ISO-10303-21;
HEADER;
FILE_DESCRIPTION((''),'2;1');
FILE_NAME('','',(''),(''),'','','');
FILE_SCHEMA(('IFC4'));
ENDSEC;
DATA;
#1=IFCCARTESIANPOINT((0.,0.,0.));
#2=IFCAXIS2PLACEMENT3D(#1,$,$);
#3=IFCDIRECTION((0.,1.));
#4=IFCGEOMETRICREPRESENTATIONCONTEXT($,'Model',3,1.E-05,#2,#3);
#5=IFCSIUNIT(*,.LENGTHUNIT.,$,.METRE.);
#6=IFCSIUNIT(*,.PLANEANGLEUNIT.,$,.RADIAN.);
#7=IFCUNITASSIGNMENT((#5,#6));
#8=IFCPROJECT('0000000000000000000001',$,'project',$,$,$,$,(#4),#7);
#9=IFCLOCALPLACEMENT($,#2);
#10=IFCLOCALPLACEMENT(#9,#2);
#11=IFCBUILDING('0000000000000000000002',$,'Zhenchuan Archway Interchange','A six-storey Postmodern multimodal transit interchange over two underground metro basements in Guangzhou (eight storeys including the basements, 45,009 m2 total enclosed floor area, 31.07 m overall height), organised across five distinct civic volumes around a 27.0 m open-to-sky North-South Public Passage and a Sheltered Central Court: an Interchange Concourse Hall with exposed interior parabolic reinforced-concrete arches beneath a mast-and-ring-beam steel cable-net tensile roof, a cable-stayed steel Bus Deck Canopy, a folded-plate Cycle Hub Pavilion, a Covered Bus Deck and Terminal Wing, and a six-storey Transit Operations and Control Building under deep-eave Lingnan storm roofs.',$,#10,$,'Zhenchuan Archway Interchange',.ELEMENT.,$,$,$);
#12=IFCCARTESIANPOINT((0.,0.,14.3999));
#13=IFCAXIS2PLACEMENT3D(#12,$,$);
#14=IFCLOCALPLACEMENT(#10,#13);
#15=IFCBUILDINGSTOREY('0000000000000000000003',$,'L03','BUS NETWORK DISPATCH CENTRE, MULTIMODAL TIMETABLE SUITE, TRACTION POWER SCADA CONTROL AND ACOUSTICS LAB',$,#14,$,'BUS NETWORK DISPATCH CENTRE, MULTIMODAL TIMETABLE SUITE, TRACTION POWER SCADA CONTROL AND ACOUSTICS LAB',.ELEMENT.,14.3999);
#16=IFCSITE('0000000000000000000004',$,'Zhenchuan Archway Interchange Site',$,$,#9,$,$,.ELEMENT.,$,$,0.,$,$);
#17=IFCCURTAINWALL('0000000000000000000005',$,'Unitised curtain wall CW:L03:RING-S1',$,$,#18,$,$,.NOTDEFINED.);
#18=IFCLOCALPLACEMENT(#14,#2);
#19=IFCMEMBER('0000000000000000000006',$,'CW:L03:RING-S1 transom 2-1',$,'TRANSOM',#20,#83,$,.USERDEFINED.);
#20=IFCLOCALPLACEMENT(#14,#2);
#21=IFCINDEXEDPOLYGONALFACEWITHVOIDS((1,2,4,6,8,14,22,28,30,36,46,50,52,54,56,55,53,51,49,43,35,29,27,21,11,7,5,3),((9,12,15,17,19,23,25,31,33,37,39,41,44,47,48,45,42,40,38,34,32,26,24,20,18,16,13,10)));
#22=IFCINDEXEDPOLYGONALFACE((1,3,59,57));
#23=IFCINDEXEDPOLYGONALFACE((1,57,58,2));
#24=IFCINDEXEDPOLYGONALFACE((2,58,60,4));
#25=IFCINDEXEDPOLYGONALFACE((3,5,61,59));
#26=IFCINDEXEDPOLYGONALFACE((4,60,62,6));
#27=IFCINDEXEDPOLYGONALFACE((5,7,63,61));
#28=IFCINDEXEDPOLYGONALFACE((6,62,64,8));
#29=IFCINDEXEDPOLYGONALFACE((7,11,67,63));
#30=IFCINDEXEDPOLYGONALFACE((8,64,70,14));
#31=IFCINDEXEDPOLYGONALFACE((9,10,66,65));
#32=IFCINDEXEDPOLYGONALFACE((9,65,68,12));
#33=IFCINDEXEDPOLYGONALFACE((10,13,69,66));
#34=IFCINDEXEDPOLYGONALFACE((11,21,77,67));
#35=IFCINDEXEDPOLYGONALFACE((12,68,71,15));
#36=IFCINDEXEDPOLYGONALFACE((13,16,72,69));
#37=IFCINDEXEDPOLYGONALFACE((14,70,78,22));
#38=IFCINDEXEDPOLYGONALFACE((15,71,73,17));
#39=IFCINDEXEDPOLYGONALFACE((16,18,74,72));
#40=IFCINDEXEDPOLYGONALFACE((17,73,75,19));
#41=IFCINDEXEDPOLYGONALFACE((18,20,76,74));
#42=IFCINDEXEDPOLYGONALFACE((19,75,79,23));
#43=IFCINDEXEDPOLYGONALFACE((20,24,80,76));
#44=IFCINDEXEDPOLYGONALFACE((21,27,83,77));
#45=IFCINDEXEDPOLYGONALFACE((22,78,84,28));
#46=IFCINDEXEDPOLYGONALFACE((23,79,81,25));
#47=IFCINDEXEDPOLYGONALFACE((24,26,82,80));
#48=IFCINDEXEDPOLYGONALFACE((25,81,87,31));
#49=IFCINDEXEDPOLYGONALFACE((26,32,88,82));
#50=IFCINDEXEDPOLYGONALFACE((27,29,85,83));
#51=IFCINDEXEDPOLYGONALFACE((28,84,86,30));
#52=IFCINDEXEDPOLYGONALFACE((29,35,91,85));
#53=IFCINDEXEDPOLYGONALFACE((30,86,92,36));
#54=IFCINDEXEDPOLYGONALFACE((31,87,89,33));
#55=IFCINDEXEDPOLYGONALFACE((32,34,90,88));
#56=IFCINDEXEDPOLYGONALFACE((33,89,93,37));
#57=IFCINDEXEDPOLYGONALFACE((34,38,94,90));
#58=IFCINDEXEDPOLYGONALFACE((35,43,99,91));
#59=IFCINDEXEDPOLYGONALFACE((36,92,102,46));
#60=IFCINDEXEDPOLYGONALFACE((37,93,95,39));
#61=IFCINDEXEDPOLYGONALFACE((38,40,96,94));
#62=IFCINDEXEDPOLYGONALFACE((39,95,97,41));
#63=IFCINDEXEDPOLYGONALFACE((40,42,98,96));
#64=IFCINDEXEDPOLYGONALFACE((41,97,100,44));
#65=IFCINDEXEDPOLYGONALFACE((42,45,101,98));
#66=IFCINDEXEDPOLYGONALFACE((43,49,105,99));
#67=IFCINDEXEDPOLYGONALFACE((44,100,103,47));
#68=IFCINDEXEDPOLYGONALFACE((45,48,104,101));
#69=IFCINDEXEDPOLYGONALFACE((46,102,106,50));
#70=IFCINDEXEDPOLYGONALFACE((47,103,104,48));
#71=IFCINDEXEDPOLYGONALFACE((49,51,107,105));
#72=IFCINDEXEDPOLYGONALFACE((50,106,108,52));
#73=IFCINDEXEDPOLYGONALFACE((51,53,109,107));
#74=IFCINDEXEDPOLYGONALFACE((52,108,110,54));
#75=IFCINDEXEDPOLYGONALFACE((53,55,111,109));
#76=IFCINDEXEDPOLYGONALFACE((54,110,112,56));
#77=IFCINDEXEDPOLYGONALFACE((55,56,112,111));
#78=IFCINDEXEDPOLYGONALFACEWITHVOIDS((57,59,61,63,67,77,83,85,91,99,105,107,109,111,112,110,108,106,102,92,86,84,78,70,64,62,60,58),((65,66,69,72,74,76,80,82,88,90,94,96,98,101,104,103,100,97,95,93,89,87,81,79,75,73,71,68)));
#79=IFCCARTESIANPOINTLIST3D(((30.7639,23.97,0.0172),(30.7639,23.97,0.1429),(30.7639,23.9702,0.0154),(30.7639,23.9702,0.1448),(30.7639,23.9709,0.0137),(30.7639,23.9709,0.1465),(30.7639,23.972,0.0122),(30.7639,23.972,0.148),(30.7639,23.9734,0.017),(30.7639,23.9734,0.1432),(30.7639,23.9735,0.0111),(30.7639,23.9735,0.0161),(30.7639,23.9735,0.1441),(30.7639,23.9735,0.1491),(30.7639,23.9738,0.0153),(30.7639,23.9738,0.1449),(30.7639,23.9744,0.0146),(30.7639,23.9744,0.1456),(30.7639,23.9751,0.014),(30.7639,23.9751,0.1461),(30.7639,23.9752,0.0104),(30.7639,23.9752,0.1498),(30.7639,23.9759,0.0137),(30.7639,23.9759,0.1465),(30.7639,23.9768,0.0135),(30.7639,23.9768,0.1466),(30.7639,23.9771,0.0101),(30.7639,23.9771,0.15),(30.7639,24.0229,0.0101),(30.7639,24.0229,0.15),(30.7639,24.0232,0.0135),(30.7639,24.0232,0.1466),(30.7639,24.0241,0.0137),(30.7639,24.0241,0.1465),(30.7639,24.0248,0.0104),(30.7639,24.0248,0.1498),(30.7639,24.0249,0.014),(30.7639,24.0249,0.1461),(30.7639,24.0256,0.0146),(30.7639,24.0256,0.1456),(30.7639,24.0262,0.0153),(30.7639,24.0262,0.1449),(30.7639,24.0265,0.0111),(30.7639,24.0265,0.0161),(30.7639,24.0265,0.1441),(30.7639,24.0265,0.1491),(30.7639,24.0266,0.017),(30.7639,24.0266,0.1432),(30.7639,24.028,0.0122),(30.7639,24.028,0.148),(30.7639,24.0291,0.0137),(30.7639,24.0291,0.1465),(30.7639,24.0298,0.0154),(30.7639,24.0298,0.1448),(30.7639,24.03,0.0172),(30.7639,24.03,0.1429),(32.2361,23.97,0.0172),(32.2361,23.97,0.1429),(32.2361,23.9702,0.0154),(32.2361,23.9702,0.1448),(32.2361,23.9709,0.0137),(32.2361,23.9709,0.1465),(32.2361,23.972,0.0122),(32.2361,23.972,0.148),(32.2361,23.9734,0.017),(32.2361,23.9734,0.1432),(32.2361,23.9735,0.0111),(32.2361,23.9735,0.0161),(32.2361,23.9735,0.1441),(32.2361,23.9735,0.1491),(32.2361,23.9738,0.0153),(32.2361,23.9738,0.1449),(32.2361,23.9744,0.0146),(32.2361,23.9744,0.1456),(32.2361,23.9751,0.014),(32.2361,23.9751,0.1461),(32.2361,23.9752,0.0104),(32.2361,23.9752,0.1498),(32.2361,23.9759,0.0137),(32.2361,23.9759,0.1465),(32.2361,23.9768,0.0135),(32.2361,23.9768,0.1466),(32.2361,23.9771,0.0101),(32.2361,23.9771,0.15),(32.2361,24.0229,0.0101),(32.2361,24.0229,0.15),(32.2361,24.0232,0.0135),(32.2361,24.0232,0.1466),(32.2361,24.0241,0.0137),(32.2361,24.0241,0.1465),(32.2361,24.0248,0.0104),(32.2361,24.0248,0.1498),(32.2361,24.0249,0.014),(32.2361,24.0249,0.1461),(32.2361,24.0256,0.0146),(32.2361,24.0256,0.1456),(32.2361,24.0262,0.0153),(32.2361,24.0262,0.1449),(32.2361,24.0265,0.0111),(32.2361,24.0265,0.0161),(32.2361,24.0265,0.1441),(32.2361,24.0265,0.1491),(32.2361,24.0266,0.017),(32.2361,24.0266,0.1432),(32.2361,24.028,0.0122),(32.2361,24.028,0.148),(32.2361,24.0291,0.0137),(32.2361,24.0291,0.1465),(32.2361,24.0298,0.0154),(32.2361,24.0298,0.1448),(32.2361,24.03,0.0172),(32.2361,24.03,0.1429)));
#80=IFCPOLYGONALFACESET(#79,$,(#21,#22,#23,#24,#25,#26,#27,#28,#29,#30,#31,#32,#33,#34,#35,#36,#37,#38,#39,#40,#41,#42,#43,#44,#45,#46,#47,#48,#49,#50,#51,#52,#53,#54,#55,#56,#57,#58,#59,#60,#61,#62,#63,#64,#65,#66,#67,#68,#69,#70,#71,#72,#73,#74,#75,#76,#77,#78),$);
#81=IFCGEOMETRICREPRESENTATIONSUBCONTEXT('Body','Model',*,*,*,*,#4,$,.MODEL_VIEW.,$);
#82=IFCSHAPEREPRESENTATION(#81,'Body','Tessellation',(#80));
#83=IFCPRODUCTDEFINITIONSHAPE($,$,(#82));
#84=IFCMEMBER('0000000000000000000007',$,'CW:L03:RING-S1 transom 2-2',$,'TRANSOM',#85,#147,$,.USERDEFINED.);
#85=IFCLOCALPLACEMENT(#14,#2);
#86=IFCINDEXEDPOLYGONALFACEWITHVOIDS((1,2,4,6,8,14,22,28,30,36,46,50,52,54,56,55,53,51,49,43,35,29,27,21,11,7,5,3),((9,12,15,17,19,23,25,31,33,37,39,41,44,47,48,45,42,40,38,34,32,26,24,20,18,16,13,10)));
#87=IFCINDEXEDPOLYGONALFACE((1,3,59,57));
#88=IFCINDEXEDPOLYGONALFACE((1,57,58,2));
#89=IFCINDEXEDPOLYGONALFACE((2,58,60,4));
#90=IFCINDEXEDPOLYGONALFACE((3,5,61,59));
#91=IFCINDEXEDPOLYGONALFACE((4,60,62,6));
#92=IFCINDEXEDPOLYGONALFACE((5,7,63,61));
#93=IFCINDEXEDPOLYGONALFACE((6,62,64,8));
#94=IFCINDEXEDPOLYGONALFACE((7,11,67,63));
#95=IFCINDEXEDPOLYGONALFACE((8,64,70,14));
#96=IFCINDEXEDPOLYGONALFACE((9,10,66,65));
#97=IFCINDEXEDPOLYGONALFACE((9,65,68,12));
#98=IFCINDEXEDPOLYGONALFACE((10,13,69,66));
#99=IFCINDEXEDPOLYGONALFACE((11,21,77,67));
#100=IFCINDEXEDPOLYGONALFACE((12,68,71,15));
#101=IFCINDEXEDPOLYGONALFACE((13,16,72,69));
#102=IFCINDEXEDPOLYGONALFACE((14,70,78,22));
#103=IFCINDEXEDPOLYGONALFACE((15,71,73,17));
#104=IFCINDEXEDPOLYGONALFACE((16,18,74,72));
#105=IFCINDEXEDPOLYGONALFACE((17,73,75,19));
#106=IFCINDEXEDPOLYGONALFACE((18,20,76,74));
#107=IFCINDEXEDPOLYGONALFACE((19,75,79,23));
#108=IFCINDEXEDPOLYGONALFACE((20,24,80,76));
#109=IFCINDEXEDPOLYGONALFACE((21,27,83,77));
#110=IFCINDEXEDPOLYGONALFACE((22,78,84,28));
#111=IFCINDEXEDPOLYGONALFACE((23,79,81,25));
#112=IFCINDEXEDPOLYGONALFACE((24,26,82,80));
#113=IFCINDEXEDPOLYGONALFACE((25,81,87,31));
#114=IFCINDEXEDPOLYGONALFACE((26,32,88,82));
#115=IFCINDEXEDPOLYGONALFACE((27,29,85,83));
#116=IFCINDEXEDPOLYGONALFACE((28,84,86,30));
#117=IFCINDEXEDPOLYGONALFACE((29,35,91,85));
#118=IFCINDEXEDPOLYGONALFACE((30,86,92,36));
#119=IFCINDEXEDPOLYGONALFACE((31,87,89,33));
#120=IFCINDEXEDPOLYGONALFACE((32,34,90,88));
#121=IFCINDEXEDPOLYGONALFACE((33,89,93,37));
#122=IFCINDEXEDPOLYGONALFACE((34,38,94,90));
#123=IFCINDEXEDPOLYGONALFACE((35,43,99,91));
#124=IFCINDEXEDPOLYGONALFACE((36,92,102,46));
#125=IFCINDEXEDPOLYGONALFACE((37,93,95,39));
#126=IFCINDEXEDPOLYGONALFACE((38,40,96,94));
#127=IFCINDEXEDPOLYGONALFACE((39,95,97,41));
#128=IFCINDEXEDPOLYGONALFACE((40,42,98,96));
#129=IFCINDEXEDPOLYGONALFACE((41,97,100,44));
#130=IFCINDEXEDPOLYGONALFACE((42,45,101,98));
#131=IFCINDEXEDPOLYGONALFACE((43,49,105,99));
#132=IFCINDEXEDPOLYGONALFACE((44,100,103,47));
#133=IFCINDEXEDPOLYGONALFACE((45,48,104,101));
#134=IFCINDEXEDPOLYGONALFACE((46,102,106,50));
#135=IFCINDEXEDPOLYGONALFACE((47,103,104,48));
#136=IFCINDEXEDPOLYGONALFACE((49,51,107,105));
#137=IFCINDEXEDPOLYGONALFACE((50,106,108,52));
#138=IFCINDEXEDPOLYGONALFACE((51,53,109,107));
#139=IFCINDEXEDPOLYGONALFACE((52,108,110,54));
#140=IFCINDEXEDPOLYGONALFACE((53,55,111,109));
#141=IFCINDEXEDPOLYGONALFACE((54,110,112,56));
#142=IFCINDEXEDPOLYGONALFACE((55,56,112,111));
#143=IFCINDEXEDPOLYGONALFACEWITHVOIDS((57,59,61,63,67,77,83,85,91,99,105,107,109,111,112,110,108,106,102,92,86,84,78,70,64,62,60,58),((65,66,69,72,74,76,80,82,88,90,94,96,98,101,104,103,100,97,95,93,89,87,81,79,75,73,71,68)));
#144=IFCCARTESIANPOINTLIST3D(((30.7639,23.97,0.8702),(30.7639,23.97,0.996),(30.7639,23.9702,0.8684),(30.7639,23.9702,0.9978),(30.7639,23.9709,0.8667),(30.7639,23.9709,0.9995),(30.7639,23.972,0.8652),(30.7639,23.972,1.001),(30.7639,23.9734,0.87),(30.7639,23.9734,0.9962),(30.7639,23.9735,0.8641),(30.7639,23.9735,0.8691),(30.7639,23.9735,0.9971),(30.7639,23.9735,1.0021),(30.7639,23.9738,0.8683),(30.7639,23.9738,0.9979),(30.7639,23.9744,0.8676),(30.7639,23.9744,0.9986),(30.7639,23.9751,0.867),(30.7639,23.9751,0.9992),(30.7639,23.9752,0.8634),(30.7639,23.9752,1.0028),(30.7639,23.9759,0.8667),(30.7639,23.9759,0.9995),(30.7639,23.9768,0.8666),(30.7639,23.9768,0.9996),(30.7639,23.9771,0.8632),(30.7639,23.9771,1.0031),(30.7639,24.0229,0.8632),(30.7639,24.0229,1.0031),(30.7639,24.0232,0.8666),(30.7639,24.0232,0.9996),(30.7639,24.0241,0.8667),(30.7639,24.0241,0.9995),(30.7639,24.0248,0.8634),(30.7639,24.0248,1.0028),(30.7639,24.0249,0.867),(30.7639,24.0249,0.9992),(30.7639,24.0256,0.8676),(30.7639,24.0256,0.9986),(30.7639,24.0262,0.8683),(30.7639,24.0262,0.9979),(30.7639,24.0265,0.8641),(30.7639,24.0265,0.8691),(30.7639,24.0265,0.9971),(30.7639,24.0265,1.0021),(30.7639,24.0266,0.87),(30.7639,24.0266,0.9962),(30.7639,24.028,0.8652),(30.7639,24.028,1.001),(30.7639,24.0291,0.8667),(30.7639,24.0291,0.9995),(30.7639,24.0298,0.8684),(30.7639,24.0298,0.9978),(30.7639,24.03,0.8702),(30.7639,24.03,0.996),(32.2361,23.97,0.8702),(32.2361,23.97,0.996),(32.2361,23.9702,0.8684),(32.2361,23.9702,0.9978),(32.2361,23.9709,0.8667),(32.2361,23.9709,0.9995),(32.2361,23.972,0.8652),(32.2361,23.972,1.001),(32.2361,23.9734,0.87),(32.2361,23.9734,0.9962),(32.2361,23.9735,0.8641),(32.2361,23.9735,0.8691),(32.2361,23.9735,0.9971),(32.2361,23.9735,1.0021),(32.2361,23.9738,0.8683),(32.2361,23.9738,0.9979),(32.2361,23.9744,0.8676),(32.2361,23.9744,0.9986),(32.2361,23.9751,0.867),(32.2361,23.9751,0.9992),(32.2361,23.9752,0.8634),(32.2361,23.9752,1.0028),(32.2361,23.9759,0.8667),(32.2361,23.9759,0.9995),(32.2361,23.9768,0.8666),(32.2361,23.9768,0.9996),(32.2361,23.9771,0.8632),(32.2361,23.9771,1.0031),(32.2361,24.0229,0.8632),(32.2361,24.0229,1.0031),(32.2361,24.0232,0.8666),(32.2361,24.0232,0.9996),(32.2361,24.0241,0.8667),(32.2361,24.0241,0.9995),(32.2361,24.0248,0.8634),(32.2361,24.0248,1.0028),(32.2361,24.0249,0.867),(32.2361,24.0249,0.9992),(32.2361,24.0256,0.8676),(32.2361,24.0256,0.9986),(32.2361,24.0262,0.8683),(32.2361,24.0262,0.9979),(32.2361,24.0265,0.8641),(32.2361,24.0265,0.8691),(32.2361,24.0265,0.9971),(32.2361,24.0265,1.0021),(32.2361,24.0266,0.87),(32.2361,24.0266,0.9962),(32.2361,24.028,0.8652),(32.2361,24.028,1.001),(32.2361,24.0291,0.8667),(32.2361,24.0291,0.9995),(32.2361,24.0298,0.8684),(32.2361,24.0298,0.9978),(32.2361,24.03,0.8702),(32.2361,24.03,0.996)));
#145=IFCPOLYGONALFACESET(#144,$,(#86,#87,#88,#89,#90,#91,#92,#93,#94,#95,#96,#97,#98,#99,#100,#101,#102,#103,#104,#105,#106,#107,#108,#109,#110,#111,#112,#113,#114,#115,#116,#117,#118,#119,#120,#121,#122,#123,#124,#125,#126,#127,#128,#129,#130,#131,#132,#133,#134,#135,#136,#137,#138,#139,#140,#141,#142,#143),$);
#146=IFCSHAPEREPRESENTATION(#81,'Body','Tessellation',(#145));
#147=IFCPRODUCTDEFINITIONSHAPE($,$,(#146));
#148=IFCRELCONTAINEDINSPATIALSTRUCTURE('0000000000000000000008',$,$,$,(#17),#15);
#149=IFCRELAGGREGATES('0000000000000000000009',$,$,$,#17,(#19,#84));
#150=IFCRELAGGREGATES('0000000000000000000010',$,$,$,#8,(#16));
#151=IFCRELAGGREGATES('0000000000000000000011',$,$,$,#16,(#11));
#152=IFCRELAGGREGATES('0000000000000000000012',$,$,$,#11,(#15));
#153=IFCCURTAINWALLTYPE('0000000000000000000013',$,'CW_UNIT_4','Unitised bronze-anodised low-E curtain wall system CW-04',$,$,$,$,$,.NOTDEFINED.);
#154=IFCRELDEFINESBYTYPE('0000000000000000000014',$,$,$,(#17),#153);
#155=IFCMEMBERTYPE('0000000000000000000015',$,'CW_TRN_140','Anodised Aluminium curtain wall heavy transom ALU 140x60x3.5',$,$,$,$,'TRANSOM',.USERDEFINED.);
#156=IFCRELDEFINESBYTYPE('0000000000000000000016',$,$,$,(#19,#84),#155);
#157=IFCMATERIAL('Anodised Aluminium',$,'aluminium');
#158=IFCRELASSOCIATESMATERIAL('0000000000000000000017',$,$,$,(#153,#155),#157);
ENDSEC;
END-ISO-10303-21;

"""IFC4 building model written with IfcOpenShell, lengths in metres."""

from ifc_helpers import new_model, si_unit, direction, frame, origin, origin_2d, place, context, subcontext, project, spatial, hollow_rectangle, extrude, material, material_profile, profile_set, type_object, element, aggregate, save


model = new_model("IFC4")

# Units and contexts
model_context = context("Model", 3, precision=1e-05, world=origin(), true_north=direction((0.0, 1.0)))
body_context = subcontext(model_context, "Body", "Model", "MODEL_VIEW")
ifc_project = project(units=[si_unit("LENGTHUNIT", "METRE"), si_unit("PLANEANGLEUNIT", "RADIAN")], contexts=[model_context])

# Site, building, storey
site_placement = place(None, origin())
site = spatial("IfcSite", under=ifc_project, at=site_placement, Name="Zhenchuan Archway Interchange Site", CompositionType="ELEMENT", RefElevation=0.0)
building_placement = place(site_placement, origin())
building = spatial("IfcBuilding", under=site, at=building_placement, Name="Zhenchuan Archway Interchange", Description="A six-storey Postmodern multimodal transit interchange over two underground metro basements in Guangzhou (eight storeys including the basements, 45,009 m2 total enclosed floor area, 31.07 m overall height), organised across five distinct civic volumes around a 27.0 m open-to-sky North-South Public Passage and a Sheltered Central Court: an Interchange Concourse Hall with exposed interior parabolic reinforced-concrete arches beneath a mast-and-ring-beam steel cable-net tensile roof, a cable-stayed steel Bus Deck Canopy, a folded-plate Cycle Hub Pavilion, a Covered Bus Deck and Terminal Wing, and a six-storey Transit Operations and Control Building under deep-eave Lingnan storm roofs.", LongName="Zhenchuan Archway Interchange", CompositionType="ELEMENT")
storey_placement = place(building_placement, frame((0.0, 0.0, 14.3999)))
storey = spatial("IfcBuildingStorey", under=building, at=storey_placement, Name="L03", Description="BUS NETWORK DISPATCH CENTRE, MULTIMODAL TIMETABLE SUITE, TRACTION POWER SCADA CONTROL AND ACOUSTICS LAB", LongName="BUS NETWORK DISPATCH CENTRE, MULTIMODAL TIMETABLE SUITE, TRACTION POWER SCADA CONTROL AND ACOUSTICS LAB", CompositionType="ELEMENT", Elevation=14.3999)

# Curtain wall, members
ifc_material_1 = material(Name="Anodised Aluminium", Category="aluminium")
curtain_wall_type = type_object("IfcCurtainWallType", Name="CW_UNIT_4", Description="Unitised bronze-anodised low-E curtain wall system CW-04", PredefinedType="NOTDEFINED", material=ifc_material_1)
curtain_wall_placement = place(storey_placement, origin())
curtain_wall = element("IfcCurtainWall", 1, at=curtain_wall_placement, inside=storey, type_object=curtain_wall_type, Name="Unitised curtain wall CW:L03:RING-S1", PredefinedType="NOTDEFINED")
ifc_material_profile_1 = material_profile(ifc_material_1, hollow_rectangle(XDim=0.0601, YDim=0.1399, WallThickness=0.0034, InnerFilletRadius=0.0034, OuterFilletRadius=0.0071, at=origin_2d()), Name="ALU 140x60x3.5")
ifc_profile_set_1 = profile_set([ifc_material_profile_1], Name="Anodised Aluminium")
member_type_1 = type_object("IfcMemberType", Name="CW_TRN_140", Description="Anodised Aluminium curtain wall heavy transom ALU 140x60x3.5", ElementType="TRANSOM", PredefinedType="USERDEFINED", material=ifc_profile_set_1)
member_1_placement = place(storey_placement, frame((30.7639, 24.0, 0.0801), z_axis=(1.0, 0.0, 0.0), x_axis=(0.0, 1.0, 0.0)))
member_1 = element("IfcMember", 2, at=member_1_placement, type_object=member_type_1, Name="CW:L03:RING-S1 transom 2-1", ObjectType="TRANSOM", PredefinedType="USERDEFINED", context=body_context, shape_type="SweptSolid", body=[
    extrude(hollow_rectangle(XDim=0.0601, YDim=0.1399, WallThickness=0.0034, InnerFilletRadius=0.0034, OuterFilletRadius=0.0071, at=origin_2d()), origin(), (0.0, 0.0, 1.0), 1.4722),
])
member_2_placement = place(storey_placement, frame((30.7639, 24.0, 0.9331), z_axis=(1.0, 0.0, 0.0), x_axis=(0.0, 1.0, 0.0)))
member_2 = element("IfcMember", 3, at=member_2_placement, type_object=member_type_1, Name="CW:L03:RING-S1 transom 2-2", ObjectType="TRANSOM", PredefinedType="USERDEFINED", context=body_context, shape_type="SweptSolid", body=[
    extrude(hollow_rectangle(XDim=0.0601, YDim=0.1399, WallThickness=0.0034, InnerFilletRadius=0.0034, OuterFilletRadius=0.0071, at=origin_2d()), origin(), (0.0, 0.0, 1.0), 1.4722),
])

aggregate(curtain_wall, [member_1, member_2])

save(model, "model.ifc")
